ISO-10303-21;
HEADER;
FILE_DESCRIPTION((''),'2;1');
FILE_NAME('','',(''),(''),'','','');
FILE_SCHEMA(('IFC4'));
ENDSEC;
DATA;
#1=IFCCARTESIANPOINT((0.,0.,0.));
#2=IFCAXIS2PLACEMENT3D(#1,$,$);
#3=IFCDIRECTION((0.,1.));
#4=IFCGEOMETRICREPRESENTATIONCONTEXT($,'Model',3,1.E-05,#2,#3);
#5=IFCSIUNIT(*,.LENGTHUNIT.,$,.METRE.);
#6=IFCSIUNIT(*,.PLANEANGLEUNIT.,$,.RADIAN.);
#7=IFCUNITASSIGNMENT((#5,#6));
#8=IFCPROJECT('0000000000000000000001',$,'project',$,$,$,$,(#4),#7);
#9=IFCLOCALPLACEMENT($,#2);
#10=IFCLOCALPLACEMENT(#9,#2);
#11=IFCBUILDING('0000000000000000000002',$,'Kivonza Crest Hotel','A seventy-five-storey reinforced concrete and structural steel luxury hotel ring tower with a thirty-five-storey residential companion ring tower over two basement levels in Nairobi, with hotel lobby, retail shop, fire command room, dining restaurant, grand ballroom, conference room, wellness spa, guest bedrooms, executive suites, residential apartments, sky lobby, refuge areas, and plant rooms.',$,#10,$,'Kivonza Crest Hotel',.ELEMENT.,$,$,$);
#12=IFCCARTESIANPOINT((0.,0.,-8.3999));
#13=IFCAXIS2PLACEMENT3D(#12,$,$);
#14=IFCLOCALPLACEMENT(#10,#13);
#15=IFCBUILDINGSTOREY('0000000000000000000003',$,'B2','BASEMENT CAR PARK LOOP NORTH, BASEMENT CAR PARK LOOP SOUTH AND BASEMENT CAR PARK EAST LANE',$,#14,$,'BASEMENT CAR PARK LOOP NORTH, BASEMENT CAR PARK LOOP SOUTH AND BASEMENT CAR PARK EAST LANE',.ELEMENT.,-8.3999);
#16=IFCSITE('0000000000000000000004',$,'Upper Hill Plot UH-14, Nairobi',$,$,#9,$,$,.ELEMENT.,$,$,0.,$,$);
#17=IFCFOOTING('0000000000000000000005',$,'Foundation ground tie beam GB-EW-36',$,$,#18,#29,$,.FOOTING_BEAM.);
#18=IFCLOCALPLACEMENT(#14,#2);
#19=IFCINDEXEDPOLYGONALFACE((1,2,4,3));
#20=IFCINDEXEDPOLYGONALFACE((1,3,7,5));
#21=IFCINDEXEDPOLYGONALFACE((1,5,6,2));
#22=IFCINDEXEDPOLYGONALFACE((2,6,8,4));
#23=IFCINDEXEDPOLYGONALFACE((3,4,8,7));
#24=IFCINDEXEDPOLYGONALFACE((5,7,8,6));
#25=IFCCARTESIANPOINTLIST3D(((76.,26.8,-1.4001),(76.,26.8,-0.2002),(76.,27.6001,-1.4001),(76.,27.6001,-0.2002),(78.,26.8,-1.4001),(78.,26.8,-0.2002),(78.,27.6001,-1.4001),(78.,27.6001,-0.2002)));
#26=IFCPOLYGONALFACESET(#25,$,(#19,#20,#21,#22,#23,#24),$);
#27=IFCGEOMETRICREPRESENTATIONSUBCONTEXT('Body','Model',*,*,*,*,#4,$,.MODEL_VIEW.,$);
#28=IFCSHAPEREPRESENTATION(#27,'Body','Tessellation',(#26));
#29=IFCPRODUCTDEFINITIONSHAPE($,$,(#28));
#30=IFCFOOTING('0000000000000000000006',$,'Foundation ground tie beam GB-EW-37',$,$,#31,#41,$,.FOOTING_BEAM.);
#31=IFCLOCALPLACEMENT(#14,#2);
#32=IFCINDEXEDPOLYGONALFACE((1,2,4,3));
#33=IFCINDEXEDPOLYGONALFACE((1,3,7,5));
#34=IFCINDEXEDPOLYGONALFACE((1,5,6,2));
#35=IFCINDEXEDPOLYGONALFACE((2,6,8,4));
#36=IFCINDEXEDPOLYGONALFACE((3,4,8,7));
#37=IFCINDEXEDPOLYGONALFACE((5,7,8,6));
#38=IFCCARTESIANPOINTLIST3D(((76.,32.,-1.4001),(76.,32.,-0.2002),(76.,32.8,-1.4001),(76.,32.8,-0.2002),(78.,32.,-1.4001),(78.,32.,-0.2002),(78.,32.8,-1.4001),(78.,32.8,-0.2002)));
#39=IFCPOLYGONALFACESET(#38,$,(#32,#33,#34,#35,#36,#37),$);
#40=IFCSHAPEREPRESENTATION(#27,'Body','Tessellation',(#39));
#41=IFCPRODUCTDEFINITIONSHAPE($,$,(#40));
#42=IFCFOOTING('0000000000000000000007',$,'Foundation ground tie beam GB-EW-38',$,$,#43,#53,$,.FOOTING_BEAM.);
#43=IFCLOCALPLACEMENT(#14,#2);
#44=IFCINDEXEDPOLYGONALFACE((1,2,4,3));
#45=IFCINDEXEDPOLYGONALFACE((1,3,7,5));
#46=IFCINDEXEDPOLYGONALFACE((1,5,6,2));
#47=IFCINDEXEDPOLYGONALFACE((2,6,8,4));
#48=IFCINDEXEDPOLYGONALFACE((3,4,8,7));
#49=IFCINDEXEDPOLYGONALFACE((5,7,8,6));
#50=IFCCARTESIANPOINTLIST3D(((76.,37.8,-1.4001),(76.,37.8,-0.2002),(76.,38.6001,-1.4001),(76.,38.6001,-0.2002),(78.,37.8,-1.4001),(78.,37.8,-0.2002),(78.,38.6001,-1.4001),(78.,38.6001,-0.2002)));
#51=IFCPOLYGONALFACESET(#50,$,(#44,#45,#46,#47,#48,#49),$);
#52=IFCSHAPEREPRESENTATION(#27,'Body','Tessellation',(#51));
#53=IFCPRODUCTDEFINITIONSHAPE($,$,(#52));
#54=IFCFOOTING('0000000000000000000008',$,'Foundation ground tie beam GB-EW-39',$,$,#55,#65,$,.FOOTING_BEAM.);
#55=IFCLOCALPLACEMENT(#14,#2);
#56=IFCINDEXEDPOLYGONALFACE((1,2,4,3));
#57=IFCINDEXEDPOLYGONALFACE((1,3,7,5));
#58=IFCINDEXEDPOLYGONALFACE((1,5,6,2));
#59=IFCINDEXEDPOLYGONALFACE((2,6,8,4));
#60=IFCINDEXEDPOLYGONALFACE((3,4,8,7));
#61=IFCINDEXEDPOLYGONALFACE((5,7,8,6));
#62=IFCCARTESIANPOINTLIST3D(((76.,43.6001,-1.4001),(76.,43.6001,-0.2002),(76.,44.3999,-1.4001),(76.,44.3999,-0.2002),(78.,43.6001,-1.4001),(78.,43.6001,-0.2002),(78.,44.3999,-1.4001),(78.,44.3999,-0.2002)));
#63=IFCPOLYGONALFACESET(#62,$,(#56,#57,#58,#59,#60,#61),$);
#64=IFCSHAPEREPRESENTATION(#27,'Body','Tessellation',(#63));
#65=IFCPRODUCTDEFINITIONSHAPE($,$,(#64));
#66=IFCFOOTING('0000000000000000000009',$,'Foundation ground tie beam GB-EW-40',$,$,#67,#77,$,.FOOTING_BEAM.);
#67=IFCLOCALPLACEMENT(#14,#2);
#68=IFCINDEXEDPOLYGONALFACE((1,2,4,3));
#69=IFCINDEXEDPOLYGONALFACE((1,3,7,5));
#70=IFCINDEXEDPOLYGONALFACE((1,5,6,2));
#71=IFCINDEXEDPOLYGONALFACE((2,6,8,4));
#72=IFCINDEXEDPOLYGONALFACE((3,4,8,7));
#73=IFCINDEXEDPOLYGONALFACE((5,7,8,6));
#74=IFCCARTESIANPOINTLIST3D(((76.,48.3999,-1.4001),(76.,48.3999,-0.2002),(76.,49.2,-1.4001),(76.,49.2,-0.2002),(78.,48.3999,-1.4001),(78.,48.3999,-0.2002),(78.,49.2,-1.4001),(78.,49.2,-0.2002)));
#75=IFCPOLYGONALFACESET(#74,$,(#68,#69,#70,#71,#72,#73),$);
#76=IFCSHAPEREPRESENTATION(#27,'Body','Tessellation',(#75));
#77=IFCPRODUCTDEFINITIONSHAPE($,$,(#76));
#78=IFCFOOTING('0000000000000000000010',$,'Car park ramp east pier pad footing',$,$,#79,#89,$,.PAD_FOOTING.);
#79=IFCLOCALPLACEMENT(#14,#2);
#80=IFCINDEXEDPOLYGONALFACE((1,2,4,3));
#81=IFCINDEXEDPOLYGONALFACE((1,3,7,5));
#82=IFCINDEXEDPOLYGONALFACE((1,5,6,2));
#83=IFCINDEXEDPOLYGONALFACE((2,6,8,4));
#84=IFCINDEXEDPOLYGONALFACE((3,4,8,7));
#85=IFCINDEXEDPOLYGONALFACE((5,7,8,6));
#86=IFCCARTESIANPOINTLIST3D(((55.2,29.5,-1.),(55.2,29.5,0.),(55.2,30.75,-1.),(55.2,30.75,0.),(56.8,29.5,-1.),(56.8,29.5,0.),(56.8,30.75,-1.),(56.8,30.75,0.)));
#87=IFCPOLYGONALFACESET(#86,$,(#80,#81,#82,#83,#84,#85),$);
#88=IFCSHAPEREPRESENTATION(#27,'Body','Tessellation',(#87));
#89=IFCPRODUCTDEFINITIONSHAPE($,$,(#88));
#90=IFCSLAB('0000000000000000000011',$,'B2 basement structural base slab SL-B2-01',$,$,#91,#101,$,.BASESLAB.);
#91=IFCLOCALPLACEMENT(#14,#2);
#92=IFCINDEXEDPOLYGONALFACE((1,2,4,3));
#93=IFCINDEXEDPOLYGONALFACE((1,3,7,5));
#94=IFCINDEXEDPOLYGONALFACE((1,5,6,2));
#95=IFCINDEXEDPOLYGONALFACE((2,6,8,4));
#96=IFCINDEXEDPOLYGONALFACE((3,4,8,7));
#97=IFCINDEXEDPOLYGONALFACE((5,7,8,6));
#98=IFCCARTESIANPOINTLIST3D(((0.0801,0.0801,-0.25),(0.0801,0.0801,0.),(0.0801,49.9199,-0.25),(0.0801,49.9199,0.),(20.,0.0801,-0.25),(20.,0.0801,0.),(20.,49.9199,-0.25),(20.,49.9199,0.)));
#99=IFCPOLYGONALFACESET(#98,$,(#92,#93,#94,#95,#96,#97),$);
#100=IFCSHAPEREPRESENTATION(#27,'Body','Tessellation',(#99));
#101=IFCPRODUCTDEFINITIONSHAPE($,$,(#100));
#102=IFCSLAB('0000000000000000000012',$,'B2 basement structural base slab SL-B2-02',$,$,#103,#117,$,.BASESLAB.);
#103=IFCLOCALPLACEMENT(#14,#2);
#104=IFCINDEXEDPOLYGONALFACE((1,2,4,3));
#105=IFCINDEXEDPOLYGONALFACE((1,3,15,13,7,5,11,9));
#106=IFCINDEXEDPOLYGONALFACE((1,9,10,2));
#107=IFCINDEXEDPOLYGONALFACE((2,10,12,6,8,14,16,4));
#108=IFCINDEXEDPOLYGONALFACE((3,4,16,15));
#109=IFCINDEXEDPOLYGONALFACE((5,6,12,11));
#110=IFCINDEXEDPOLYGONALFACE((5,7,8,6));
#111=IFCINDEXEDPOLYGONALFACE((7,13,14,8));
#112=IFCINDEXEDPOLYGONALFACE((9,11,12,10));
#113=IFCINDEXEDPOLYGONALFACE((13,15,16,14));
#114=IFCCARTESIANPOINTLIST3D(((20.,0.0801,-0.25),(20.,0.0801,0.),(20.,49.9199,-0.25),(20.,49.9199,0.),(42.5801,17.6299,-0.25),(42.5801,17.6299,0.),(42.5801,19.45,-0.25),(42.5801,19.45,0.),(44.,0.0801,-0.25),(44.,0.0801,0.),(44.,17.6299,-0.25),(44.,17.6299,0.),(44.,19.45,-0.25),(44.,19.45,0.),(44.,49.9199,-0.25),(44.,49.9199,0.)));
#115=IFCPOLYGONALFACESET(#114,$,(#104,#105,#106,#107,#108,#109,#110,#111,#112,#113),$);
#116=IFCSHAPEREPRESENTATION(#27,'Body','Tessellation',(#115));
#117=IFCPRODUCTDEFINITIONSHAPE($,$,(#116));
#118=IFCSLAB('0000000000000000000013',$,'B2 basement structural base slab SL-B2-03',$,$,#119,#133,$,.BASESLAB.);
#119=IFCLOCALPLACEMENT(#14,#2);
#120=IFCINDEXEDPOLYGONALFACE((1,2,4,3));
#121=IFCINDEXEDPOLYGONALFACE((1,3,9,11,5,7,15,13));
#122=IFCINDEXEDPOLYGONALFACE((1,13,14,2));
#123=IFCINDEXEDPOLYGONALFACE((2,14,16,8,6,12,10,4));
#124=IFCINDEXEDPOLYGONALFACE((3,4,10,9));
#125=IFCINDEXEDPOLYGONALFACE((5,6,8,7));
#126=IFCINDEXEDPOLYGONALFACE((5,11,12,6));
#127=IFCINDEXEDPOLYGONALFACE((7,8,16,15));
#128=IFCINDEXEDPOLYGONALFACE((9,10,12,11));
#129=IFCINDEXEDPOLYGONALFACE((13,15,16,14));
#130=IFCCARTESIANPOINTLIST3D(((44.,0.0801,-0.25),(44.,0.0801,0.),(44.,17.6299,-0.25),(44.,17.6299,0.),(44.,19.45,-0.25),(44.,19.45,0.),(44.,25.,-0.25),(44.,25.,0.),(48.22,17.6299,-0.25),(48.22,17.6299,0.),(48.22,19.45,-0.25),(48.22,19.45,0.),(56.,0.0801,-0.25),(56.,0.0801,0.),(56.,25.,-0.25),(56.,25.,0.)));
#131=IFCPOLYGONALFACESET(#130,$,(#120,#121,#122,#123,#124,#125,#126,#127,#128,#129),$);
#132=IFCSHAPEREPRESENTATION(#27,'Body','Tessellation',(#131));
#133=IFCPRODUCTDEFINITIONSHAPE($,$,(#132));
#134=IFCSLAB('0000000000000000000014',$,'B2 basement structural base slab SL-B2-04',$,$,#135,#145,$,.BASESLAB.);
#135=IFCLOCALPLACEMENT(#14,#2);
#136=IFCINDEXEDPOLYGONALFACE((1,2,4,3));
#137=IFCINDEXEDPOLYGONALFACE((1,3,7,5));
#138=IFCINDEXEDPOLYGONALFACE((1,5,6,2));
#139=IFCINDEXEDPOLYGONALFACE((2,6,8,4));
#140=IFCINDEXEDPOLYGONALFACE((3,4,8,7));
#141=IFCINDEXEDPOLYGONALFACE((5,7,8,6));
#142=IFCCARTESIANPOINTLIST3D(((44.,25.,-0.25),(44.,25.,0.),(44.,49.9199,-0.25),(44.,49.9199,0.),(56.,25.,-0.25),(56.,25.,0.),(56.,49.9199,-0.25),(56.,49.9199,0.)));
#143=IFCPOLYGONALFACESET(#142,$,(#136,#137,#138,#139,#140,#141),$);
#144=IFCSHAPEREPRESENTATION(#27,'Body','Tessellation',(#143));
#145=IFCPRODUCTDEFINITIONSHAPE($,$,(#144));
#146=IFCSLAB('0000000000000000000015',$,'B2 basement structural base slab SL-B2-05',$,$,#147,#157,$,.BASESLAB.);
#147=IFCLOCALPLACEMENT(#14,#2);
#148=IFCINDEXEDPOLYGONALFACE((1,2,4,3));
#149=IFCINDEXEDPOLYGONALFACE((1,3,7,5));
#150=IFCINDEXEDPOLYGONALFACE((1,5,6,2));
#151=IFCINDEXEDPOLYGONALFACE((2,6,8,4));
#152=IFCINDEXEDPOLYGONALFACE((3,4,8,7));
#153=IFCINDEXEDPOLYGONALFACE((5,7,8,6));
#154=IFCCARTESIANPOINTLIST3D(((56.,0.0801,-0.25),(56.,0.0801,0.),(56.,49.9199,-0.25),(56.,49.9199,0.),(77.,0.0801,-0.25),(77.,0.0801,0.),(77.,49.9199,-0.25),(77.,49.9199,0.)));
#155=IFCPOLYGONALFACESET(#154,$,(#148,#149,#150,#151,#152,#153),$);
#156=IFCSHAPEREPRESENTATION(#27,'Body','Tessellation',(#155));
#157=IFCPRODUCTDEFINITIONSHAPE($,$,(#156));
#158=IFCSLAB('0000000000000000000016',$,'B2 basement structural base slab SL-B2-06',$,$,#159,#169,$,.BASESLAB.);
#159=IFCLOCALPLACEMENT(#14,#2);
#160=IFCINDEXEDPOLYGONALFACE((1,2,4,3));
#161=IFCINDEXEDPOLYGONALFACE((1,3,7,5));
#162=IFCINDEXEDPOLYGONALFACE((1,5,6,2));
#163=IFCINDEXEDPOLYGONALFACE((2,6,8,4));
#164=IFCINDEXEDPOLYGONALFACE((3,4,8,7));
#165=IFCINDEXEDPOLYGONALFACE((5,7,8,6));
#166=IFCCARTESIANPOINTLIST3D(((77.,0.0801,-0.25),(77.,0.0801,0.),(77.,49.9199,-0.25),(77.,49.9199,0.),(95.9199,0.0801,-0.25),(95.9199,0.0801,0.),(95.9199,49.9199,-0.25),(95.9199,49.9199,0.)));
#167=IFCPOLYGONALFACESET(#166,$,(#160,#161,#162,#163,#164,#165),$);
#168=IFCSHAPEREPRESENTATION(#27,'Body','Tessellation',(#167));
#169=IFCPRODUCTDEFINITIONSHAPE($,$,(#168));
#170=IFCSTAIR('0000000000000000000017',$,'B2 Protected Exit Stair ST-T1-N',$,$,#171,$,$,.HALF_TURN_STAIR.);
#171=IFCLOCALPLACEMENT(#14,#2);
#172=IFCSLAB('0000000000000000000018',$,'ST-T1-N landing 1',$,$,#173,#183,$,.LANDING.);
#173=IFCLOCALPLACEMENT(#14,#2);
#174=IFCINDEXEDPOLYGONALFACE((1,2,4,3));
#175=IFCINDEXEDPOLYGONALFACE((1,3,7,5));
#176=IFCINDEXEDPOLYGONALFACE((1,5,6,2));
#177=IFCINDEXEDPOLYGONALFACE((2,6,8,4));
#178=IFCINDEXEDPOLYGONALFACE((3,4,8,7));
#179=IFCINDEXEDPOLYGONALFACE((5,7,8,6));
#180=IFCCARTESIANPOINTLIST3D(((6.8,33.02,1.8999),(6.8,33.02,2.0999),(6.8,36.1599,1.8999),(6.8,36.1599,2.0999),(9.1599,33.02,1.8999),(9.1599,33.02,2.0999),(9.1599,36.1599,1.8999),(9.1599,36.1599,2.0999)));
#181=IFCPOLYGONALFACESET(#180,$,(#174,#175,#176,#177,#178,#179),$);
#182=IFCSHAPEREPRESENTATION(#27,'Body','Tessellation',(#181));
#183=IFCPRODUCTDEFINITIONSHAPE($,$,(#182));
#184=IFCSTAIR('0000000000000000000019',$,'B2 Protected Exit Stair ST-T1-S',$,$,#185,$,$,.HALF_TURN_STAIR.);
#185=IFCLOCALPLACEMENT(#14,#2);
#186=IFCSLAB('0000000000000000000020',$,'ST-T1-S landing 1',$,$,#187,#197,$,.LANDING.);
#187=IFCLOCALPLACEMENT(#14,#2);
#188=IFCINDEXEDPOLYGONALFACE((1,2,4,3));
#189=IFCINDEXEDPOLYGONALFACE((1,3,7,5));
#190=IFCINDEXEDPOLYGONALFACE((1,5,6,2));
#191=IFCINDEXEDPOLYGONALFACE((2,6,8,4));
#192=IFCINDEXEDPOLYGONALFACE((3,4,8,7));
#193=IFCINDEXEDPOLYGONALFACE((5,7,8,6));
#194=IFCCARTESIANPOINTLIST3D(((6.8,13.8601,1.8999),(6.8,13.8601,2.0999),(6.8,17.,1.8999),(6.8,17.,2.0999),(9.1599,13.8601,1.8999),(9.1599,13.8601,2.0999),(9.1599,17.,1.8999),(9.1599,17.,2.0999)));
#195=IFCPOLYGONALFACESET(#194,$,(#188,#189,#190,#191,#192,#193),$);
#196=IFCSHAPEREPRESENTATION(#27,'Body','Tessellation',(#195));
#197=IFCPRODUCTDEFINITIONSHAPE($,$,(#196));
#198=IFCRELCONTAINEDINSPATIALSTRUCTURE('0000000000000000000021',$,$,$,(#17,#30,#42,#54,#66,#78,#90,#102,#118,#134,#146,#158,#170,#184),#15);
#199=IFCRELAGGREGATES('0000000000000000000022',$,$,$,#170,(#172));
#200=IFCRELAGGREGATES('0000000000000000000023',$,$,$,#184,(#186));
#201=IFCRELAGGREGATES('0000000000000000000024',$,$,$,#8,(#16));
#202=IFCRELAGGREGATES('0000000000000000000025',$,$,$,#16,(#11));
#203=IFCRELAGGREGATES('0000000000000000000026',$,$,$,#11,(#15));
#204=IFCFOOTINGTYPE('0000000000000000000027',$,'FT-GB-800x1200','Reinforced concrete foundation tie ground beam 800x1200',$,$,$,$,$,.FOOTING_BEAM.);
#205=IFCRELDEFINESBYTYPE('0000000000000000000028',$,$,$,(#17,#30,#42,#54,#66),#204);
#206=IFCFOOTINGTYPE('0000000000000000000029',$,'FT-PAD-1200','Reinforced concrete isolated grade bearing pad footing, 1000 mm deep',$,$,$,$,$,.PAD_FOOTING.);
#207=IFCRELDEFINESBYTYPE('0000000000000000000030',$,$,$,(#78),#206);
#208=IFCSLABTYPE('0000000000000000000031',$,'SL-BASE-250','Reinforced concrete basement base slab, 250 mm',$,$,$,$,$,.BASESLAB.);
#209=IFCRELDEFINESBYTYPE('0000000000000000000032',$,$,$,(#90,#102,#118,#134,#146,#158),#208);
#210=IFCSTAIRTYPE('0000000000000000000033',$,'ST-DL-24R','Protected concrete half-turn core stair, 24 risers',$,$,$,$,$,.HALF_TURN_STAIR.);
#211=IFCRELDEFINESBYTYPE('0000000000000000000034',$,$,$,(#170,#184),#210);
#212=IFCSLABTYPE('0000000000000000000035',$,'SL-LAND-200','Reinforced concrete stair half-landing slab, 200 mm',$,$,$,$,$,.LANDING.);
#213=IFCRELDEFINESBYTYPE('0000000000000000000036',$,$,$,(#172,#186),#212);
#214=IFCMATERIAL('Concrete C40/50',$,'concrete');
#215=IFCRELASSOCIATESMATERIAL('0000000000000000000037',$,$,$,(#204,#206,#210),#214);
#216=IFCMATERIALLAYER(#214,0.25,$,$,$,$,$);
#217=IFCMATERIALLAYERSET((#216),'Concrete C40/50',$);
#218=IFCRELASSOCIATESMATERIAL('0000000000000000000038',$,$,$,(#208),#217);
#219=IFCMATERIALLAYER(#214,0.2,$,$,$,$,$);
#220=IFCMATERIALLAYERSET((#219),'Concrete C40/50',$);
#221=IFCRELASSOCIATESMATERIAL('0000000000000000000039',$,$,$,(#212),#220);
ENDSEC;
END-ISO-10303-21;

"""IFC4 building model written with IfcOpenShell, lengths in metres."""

from ifc_helpers import new_model, si_unit, direction, frame, origin, place, context, subcontext, project, spatial, polyline, outline, extrude, material, layer, layer_set, type_object, element, aggregate, save


model = new_model("IFC4")

# Units and contexts
model_context = context("Model", 3, precision=1e-05, world=origin(), true_north=direction((0.0, 1.0)))
body_context = subcontext(model_context, "Body", "Model", "MODEL_VIEW")
ifc_project = project(units=[si_unit("LENGTHUNIT", "METRE"), si_unit("PLANEANGLEUNIT", "RADIAN")], contexts=[model_context])

# Site, building, storey
site_placement = place(None, origin())
site = spatial("IfcSite", under=ifc_project, at=site_placement, Name="Upper Hill Plot UH-14, Nairobi", CompositionType="ELEMENT", RefElevation=0.0)
building_placement = place(site_placement, origin())
building = spatial("IfcBuilding", under=site, at=building_placement, Name="Kivonza Crest Hotel", Description="A seventy-five-storey reinforced concrete and structural steel luxury hotel ring tower with a thirty-five-storey residential companion ring tower over two basement levels in Nairobi, with hotel lobby, retail shop, fire command room, dining restaurant, grand ballroom, conference room, wellness spa, guest bedrooms, executive suites, residential apartments, sky lobby, refuge areas, and plant rooms.", LongName="Kivonza Crest Hotel", CompositionType="ELEMENT")
storey_placement = place(building_placement, frame((0.0, 0.0, -8.3999)))
storey = spatial("IfcBuildingStorey", under=building, at=storey_placement, Name="B2", Description="BASEMENT CAR PARK LOOP NORTH, BASEMENT CAR PARK LOOP SOUTH AND BASEMENT CAR PARK EAST LANE", LongName="BASEMENT CAR PARK LOOP NORTH, BASEMENT CAR PARK LOOP SOUTH AND BASEMENT CAR PARK EAST LANE", CompositionType="ELEMENT", Elevation=-8.3999)

# Footings
ifc_material = material(Name="Concrete C40/50", Category="concrete")
footing_type_1 = type_object("IfcFootingType", Name="FT-GB-800x1200", Description="Reinforced concrete foundation tie ground beam 800x1200", PredefinedType="FOOTING_BEAM", material=ifc_material)
footing_1_placement = place(storey_placement, frame((0.0, 0.0, -1.4001)))
element("IfcFooting", 1, at=footing_1_placement, inside=storey, type_object=footing_type_1, Name="Foundation ground tie beam GB-EW-36", PredefinedType="FOOTING_BEAM", context=body_context, shape_type="SweptSolid", body=[
    extrude(outline(polyline([(76.0, 26.8), (78.0, 26.8), (78.0, 27.6001), (76.0, 27.6001), (76.0, 26.8)])), origin(), (0.0, 0.0, 1.0), 1.2),
])
footing_2_placement = place(storey_placement, frame((0.0, 0.0, -1.4001)))
element("IfcFooting", 2, at=footing_2_placement, inside=storey, type_object=footing_type_1, Name="Foundation ground tie beam GB-EW-37", PredefinedType="FOOTING_BEAM", context=body_context, shape_type="SweptSolid", body=[
    extrude(outline(polyline([(76.0, 32.0), (78.0, 32.0), (78.0, 32.8), (76.0, 32.8), (76.0, 32.0)])), origin(), (0.0, 0.0, 1.0), 1.2),
])
footing_3_placement = place(storey_placement, frame((0.0, 0.0, -1.4001)))
element("IfcFooting", 3, at=footing_3_placement, inside=storey, type_object=footing_type_1, Name="Foundation ground tie beam GB-EW-38", PredefinedType="FOOTING_BEAM", context=body_context, shape_type="SweptSolid", body=[
    extrude(outline(polyline([(76.0, 37.8), (78.0, 37.8), (78.0, 38.6001), (76.0, 38.6001), (76.0, 37.8)])), origin(), (0.0, 0.0, 1.0), 1.2),
])
footing_4_placement = place(storey_placement, frame((0.0, 0.0, -1.4001)))
element("IfcFooting", 4, at=footing_4_placement, inside=storey, type_object=footing_type_1, Name="Foundation ground tie beam GB-EW-39", PredefinedType="FOOTING_BEAM", context=body_context, shape_type="SweptSolid", body=[
    extrude(outline(polyline([(76.0, 43.6001), (78.0, 43.6001), (78.0, 44.3999), (76.0, 44.3999), (76.0, 43.6001)])), origin(), (0.0, 0.0, 1.0), 1.2),
])
footing_5_placement = place(storey_placement, frame((0.0, 0.0, -1.4001)))
element("IfcFooting", 5, at=footing_5_placement, inside=storey, type_object=footing_type_1, Name="Foundation ground tie beam GB-EW-40", PredefinedType="FOOTING_BEAM", context=body_context, shape_type="SweptSolid", body=[
    extrude(outline(polyline([(76.0, 48.3999), (78.0, 48.3999), (78.0, 49.2), (76.0, 49.2), (76.0, 48.3999)])), origin(), (0.0, 0.0, 1.0), 1.2),
])
footing_type_2 = type_object("IfcFootingType", Name="FT-PAD-1200", Description="Reinforced concrete isolated grade bearing pad footing, 1000 mm deep", PredefinedType="PAD_FOOTING", material=ifc_material)
footing_6_placement = place(storey_placement, frame((0.0, 0.0, -1.0)))
element("IfcFooting", 6, at=footing_6_placement, inside=storey, type_object=footing_type_2, Name="Car park ramp east pier pad footing", PredefinedType="PAD_FOOTING", context=body_context, shape_type="SweptSolid", body=[
    extrude(outline(polyline([(55.2, 29.5), (56.8, 29.5), (56.8, 30.75), (55.2, 30.75), (55.2, 29.5)])), origin(), (0.0, 0.0, 1.0), 1.0),
])

# Slabs
ifc_layer_1 = layer(ifc_material, 0.25)
ifc_layer_set_1 = layer_set([ifc_layer_1], Name="Concrete C40/50")
slab_type_1 = type_object("IfcSlabType", Name="SL-BASE-250", Description="Reinforced concrete basement base slab, 250 mm", PredefinedType="BASESLAB", material=ifc_layer_set_1)
slab_1_placement = place(storey_placement, frame((0.0, 0.0, -0.25)))
element("IfcSlab", 7, at=slab_1_placement, inside=storey, type_object=slab_type_1, Name="B2 basement structural base slab SL-B2-01", PredefinedType="BASESLAB", context=body_context, shape_type="SweptSolid", body=[
    extrude(outline(polyline([(20.0, 0.0801), (20.0, 49.9199), (0.0801, 49.9199), (0.0801, 0.0801), (20.0, 0.0801)])), origin(), (0.0, 0.0, 1.0), 0.25),
])
slab_2_placement = place(storey_placement, frame((0.0, 0.0, -0.25)))
element("IfcSlab", 8, at=slab_2_placement, inside=storey, type_object=slab_type_1, Name="B2 basement structural base slab SL-B2-02", PredefinedType="BASESLAB", context=body_context, shape_type="SweptSolid", body=[
    extrude(outline(polyline([(44.0, 17.6299), (42.5801, 17.6299), (42.5801, 19.45), (44.0, 19.45), (44.0, 49.9199), (20.0, 49.9199), (20.0, 0.0801), (44.0, 0.0801), (44.0, 17.6299)])), origin(), (0.0, 0.0, 1.0), 0.25),
])
slab_3_placement = place(storey_placement, frame((0.0, 0.0, -0.25)))
element("IfcSlab", 9, at=slab_3_placement, inside=storey, type_object=slab_type_1, Name="B2 basement structural base slab SL-B2-03", PredefinedType="BASESLAB", context=body_context, shape_type="SweptSolid", body=[
    extrude(outline(polyline([(44.0, 19.45), (48.22, 19.45), (48.22, 17.6299), (44.0, 17.6299), (44.0, 0.0801), (56.0, 0.0801), (56.0, 25.0), (44.0, 25.0), (44.0, 19.45)])), origin(), (0.0, 0.0, 1.0), 0.25),
])
slab_4_placement = place(storey_placement, frame((0.0, 0.0, -0.25)))
element("IfcSlab", 10, at=slab_4_placement, inside=storey, type_object=slab_type_1, Name="B2 basement structural base slab SL-B2-04", PredefinedType="BASESLAB", context=body_context, shape_type="SweptSolid", body=[
    extrude(outline(polyline([(56.0, 25.0), (56.0, 49.9199), (44.0, 49.9199), (44.0, 25.0), (56.0, 25.0)])), origin(), (0.0, 0.0, 1.0), 0.25),
])
slab_5_placement = place(storey_placement, frame((0.0, 0.0, -0.25)))
element("IfcSlab", 11, at=slab_5_placement, inside=storey, type_object=slab_type_1, Name="B2 basement structural base slab SL-B2-05", PredefinedType="BASESLAB", context=body_context, shape_type="SweptSolid", body=[
    extrude(outline(polyline([(77.0, 0.0801), (77.0, 49.9199), (56.0, 49.9199), (56.0, 0.0801), (77.0, 0.0801)])), origin(), (0.0, 0.0, 1.0), 0.25),
])
slab_6_placement = place(storey_placement, frame((0.0, 0.0, -0.25)))
element("IfcSlab", 12, at=slab_6_placement, inside=storey, type_object=slab_type_1, Name="B2 basement structural base slab SL-B2-06", PredefinedType="BASESLAB", context=body_context, shape_type="SweptSolid", body=[
    extrude(outline(polyline([(95.9199, 0.0801), (95.9199, 49.9199), (77.0, 49.9199), (77.0, 0.0801), (95.9199, 0.0801)])), origin(), (0.0, 0.0, 1.0), 0.25),
])

# Stairs, slabs
stair_type = type_object("IfcStairType", Name="ST-DL-24R", Description="Protected concrete half-turn core stair, 24 risers", PredefinedType="HALF_TURN_STAIR", material=ifc_material)
stair_1_placement = place(storey_placement, origin())
stair_1 = element("IfcStair", 13, at=stair_1_placement, inside=storey, type_object=stair_type, Name="B2 Protected Exit Stair ST-T1-N", PredefinedType="HALF_TURN_STAIR")
ifc_layer_2 = layer(ifc_material, 0.2)
ifc_layer_set_2 = layer_set([ifc_layer_2], Name="Concrete C40/50")
slab_type_2 = type_object("IfcSlabType", Name="SL-LAND-200", Description="Reinforced concrete stair half-landing slab, 200 mm", PredefinedType="LANDING", material=ifc_layer_set_2)
slab_7_placement = place(storey_placement, frame((0.0, 0.0, 1.8999)))
slab_7 = element("IfcSlab", 14, at=slab_7_placement, type_object=slab_type_2, Name="ST-T1-N landing 1", PredefinedType="LANDING", context=body_context, shape_type="SweptSolid", body=[
    extrude(outline(polyline([(9.1599, 36.1599), (6.8, 36.1599), (6.8, 33.02), (9.1599, 33.02), (9.1599, 36.1599)])), origin(), (0.0, 0.0, 1.0), 0.2),
])
aggregate(stair_1, [slab_7])
stair_2_placement = place(storey_placement, origin())
stair_2 = element("IfcStair", 15, at=stair_2_placement, inside=storey, type_object=stair_type, Name="B2 Protected Exit Stair ST-T1-S", PredefinedType="HALF_TURN_STAIR")
slab_8_placement = place(storey_placement, frame((0.0, 0.0, 1.8999)))
slab_8 = element("IfcSlab", 16, at=slab_8_placement, type_object=slab_type_2, Name="ST-T1-S landing 1", PredefinedType="LANDING", context=body_context, shape_type="SweptSolid", body=[
    extrude(outline(polyline([(9.1599, 17.0), (6.8, 17.0), (6.8, 13.8601), (9.1599, 13.8601), (9.1599, 17.0)])), origin(), (0.0, 0.0, 1.0), 0.2),
])
aggregate(stair_2, [slab_8])

save(model, "model.ifc")
